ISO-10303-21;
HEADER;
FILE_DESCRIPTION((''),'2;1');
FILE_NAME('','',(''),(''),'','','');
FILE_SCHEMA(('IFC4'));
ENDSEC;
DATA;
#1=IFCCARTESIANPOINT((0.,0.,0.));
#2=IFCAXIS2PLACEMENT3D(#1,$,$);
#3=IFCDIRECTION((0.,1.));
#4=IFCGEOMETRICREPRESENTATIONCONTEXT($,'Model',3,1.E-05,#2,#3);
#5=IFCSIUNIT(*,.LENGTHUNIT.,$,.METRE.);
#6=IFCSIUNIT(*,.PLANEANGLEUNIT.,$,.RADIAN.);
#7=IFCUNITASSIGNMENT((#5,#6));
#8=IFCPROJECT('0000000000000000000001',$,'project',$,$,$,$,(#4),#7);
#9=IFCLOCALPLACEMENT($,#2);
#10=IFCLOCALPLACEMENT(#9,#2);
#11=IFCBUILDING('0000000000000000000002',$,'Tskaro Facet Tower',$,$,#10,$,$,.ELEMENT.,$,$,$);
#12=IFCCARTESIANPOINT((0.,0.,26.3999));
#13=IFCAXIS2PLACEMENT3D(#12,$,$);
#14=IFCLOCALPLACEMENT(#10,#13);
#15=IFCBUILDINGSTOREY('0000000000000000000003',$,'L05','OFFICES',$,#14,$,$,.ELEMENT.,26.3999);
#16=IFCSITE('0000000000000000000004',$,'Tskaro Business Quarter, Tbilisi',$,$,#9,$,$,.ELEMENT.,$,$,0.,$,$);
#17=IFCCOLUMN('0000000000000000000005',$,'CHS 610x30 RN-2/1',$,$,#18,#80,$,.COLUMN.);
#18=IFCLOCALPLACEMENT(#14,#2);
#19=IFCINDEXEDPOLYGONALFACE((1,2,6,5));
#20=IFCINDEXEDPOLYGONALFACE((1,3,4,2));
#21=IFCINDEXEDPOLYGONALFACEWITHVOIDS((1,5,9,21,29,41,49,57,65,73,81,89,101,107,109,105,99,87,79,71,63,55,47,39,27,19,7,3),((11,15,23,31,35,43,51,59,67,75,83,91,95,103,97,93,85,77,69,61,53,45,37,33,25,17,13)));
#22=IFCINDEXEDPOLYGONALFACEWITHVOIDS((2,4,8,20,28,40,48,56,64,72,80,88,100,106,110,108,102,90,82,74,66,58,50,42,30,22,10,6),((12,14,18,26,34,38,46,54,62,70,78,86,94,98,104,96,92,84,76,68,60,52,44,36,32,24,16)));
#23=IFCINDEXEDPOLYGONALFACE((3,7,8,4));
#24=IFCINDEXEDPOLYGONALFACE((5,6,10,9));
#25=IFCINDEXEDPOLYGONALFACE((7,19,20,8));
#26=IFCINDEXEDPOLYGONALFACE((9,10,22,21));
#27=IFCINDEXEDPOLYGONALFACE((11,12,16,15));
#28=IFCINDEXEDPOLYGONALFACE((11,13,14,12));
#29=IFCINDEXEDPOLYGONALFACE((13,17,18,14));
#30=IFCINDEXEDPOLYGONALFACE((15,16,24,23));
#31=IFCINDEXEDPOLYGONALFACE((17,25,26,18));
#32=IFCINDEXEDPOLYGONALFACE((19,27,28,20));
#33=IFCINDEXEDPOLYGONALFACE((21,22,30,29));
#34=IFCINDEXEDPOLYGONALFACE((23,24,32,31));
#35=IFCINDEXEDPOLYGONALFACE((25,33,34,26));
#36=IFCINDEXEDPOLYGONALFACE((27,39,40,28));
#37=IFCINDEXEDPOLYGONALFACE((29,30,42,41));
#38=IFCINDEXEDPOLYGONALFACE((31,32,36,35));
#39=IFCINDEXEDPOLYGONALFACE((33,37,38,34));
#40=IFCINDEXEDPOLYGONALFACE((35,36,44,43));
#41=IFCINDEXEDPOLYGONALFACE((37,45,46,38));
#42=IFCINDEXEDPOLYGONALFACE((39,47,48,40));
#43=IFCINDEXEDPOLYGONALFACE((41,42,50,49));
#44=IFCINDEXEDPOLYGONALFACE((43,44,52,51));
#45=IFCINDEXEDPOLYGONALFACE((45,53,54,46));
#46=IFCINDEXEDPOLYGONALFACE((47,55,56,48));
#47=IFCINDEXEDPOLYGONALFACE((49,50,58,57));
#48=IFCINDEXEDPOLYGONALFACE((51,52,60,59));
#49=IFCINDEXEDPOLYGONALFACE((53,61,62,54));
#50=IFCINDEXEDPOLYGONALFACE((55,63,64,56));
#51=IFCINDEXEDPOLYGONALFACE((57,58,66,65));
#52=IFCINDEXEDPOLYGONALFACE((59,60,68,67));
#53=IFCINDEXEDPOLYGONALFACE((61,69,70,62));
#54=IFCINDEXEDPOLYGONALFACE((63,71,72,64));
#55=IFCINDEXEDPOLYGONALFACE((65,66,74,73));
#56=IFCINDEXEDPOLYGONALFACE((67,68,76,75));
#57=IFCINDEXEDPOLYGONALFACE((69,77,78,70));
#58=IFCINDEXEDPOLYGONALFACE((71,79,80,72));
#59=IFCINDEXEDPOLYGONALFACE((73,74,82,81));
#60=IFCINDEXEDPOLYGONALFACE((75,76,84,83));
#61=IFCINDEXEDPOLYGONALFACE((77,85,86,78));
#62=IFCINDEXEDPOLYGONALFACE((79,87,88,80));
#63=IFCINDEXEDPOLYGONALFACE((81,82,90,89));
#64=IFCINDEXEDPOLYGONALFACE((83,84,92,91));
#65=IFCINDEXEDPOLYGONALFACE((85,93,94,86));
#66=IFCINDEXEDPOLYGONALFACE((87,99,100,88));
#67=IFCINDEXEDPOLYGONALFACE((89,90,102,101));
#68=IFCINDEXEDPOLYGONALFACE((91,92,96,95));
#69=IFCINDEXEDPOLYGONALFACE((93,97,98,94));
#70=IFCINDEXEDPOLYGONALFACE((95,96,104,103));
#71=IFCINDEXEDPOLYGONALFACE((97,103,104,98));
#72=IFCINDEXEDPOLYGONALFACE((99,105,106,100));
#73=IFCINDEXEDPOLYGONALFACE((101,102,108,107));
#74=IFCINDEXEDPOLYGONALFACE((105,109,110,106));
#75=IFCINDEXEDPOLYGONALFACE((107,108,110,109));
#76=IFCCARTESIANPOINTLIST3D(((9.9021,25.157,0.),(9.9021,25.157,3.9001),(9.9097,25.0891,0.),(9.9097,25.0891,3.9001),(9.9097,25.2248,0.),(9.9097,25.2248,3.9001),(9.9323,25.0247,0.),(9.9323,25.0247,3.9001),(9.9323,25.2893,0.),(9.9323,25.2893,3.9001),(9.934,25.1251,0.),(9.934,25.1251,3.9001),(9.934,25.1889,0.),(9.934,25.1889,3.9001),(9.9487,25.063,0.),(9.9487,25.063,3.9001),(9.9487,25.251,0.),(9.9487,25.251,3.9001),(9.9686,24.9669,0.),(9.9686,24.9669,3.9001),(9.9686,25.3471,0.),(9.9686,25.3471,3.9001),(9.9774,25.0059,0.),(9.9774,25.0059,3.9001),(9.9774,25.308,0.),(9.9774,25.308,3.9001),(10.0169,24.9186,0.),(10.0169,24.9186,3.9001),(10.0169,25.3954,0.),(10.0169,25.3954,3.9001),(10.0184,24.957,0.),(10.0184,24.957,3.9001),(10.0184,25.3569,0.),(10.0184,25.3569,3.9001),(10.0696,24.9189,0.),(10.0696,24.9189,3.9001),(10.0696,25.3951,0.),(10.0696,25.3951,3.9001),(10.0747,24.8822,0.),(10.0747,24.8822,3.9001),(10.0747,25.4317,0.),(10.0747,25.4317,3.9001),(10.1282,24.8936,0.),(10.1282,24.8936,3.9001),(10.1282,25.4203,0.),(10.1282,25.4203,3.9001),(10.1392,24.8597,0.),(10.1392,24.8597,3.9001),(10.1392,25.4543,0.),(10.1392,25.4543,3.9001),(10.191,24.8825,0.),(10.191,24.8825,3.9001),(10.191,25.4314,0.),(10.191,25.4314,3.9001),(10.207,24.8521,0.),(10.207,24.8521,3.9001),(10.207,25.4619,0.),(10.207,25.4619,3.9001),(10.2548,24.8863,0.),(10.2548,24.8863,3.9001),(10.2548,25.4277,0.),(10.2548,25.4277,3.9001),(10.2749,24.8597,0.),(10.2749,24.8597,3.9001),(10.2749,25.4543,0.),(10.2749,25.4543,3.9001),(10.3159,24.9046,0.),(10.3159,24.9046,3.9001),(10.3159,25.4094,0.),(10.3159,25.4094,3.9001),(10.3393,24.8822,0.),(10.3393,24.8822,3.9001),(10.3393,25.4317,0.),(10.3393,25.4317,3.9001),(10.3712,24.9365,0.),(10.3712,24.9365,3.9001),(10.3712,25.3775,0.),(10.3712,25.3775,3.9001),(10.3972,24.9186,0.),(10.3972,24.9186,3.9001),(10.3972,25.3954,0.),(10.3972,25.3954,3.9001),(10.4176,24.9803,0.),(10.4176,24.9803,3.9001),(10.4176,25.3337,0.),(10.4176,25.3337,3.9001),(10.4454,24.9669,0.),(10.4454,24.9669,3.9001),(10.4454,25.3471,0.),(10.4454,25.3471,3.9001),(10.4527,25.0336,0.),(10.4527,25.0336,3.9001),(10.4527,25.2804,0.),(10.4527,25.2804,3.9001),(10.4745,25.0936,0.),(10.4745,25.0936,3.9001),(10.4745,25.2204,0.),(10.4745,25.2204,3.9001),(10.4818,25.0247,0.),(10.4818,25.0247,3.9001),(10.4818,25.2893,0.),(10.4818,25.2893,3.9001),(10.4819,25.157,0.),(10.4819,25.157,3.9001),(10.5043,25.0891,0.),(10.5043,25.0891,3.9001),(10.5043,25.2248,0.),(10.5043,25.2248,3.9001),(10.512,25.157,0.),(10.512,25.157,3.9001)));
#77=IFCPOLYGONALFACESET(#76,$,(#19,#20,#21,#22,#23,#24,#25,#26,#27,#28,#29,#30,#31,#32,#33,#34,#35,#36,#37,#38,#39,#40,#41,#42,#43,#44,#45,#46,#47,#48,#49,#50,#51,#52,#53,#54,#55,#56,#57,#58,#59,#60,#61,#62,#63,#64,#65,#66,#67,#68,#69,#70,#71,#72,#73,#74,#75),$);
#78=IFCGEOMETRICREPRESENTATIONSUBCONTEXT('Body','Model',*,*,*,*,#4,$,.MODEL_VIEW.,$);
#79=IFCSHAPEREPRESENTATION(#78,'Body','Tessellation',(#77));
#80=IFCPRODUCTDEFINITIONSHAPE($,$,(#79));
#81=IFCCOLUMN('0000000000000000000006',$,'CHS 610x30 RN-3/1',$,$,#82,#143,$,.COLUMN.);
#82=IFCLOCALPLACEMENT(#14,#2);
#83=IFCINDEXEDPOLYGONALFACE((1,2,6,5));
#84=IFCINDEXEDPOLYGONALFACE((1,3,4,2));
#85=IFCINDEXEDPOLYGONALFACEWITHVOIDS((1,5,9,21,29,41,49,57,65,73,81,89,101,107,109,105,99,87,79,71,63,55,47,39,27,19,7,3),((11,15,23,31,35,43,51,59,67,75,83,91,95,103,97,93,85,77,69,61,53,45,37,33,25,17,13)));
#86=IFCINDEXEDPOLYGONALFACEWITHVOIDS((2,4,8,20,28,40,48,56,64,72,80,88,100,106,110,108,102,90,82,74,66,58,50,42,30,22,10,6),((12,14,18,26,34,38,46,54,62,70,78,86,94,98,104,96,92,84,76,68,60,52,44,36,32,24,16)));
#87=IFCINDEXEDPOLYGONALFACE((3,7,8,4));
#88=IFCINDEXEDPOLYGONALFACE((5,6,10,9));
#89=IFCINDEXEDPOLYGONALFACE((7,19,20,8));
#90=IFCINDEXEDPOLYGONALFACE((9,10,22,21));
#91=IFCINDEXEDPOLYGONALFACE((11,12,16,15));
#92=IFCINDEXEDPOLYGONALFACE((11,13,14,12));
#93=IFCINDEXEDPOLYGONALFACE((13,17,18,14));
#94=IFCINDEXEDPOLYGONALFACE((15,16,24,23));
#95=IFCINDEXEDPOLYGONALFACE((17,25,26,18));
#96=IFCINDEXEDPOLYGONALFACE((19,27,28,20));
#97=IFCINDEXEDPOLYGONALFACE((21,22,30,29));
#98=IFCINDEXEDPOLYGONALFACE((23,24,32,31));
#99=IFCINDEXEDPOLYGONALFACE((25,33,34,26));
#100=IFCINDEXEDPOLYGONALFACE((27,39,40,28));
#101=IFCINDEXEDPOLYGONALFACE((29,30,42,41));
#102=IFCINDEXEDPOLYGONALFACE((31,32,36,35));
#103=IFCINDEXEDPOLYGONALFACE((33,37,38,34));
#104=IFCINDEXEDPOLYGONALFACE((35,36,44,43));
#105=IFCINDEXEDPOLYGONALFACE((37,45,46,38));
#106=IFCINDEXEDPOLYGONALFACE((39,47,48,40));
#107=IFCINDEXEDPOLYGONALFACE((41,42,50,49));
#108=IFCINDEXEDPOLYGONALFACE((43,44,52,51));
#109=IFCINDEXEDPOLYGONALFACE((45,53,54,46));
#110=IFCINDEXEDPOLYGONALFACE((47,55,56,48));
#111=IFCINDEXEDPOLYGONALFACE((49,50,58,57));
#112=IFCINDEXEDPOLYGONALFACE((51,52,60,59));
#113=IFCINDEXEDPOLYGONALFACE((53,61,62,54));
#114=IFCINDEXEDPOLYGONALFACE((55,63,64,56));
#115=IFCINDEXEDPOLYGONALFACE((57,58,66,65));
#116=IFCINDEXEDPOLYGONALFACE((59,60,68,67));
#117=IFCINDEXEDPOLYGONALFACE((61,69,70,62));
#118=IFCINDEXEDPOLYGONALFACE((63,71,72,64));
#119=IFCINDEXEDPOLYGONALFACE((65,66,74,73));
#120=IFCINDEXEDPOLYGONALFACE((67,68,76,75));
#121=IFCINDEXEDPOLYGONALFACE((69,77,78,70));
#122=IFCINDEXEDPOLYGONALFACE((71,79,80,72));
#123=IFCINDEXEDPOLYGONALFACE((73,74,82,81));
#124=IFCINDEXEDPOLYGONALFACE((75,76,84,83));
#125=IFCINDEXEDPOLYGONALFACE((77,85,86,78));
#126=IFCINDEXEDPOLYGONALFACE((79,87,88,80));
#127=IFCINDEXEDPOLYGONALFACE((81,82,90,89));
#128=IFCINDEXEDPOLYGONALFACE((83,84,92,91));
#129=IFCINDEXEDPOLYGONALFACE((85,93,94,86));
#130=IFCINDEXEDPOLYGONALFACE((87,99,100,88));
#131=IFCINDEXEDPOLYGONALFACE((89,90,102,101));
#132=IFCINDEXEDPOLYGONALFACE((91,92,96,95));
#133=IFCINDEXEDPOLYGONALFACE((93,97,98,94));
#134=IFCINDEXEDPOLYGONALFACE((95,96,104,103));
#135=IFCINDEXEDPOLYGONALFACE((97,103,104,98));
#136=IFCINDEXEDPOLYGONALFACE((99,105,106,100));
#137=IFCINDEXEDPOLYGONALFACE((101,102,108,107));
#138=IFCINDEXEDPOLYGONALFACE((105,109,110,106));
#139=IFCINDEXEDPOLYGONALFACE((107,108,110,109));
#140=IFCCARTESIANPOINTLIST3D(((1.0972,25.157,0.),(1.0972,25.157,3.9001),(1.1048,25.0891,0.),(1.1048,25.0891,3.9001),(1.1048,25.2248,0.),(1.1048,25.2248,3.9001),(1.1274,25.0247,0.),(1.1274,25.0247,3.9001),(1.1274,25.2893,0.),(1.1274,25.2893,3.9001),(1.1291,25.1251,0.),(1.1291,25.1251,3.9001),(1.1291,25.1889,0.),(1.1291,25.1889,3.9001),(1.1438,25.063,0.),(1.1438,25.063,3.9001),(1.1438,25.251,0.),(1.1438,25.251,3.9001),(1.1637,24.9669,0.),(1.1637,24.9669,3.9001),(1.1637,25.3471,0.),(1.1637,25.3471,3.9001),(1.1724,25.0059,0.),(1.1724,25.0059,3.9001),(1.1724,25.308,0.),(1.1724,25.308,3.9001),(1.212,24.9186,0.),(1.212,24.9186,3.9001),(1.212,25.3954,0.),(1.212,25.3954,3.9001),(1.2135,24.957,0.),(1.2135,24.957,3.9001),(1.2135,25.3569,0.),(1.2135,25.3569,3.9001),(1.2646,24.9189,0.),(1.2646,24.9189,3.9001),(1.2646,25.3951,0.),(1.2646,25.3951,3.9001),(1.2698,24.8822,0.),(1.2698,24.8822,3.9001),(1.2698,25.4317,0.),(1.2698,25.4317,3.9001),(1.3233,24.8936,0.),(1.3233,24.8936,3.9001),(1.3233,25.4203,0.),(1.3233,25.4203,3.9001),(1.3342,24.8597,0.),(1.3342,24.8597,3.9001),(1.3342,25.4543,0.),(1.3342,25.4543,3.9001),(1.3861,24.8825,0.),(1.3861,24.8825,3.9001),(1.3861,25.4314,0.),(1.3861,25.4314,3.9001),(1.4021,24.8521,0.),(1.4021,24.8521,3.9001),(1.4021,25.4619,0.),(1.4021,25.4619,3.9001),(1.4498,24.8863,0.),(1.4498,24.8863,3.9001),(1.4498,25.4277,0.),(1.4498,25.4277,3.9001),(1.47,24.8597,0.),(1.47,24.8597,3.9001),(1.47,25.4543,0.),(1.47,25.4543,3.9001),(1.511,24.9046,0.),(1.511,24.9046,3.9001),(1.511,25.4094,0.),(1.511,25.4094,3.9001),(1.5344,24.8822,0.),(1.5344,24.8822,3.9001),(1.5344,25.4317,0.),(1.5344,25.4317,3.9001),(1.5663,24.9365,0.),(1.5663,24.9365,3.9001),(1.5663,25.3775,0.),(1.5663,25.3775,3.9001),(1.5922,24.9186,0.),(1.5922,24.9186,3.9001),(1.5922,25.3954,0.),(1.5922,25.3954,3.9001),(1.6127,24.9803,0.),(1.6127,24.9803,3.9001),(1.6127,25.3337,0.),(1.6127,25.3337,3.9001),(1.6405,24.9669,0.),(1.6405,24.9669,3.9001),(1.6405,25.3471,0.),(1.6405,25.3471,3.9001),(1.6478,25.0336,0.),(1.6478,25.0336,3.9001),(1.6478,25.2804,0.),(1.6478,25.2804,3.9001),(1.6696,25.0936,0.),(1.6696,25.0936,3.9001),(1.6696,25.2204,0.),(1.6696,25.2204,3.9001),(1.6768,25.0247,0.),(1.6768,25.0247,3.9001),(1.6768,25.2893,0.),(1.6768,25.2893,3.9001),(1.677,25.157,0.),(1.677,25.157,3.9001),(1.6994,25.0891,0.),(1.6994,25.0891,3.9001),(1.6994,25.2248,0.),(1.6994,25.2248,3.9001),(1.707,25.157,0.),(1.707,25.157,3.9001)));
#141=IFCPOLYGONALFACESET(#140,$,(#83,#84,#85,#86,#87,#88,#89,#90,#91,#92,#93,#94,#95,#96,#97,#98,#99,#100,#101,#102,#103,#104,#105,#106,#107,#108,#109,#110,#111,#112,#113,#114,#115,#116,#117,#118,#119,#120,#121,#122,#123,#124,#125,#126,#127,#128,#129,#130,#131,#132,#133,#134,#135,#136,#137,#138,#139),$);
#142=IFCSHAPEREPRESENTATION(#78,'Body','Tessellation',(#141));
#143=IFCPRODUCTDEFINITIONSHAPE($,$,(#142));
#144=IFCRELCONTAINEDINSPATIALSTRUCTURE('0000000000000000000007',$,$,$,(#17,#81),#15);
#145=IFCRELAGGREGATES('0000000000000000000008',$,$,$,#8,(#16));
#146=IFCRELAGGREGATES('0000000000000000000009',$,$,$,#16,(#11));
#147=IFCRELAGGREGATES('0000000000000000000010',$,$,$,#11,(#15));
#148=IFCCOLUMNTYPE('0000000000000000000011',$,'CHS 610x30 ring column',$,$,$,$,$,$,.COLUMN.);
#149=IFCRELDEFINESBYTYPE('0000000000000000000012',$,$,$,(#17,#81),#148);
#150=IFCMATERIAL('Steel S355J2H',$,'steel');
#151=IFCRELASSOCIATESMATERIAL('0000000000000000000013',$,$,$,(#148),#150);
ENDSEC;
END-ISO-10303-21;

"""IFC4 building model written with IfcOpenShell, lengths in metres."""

from ifc_helpers import new_model, si_unit, direction, frame, origin, origin_2d, place, context, subcontext, project, spatial, hollow_circle, extrude, material, material_profile, profile_set, type_object, element, save


model = new_model("IFC4")

# Units and contexts
model_context = context("Model", 3, precision=1e-05, world=origin(), true_north=direction((0.0, 1.0)))
body_context = subcontext(model_context, "Body", "Model", "MODEL_VIEW")
ifc_project = project(units=[si_unit("LENGTHUNIT", "METRE"), si_unit("PLANEANGLEUNIT", "RADIAN")], contexts=[model_context])

# Site, building, storey
site_placement = place(None, origin())
site = spatial("IfcSite", under=ifc_project, at=site_placement, Name="Tskaro Business Quarter, Tbilisi", CompositionType="ELEMENT", RefElevation=0.0)
building_placement = place(site_placement, origin())
building = spatial("IfcBuilding", under=site, at=building_placement, Name="Tskaro Facet Tower", CompositionType="ELEMENT")
storey_placement = place(building_placement, frame((0.0, 0.0, 26.3999)))
storey = spatial("IfcBuildingStorey", under=building, at=storey_placement, Name="L05", Description="OFFICES", CompositionType="ELEMENT", Elevation=26.3999)

# Columns
ifc_material_1 = material(Name="Steel S355J2H", Category="steel")
ifc_material_profile_1 = material_profile(ifc_material_1, hollow_circle(Radius=0.3049, WallThickness=0.03, at=origin_2d()), Name="CHS 610x30")
ifc_profile_set_1 = profile_set([ifc_material_profile_1], Name="Steel S355J2H")
column_type_1 = type_object("IfcColumnType", Name="CHS 610x30 ring column", PredefinedType="COLUMN", material=ifc_profile_set_1)
for number, where, z_axis, x_axis, name in (
    (1, (10.207, 25.157, 0.0), (0.0, 0.0, 1.0), (1.0, 0.0, 0.0), "CHS 610x30 RN-2/1"),
    (2, (1.4021, 25.157, 0.0), (0.0, 0.0, 1.0), (1.0, 0.0, 0.0), "CHS 610x30 RN-3/1"),
):
    element("IfcColumn", number, at=place(storey_placement, frame(where, z_axis=z_axis, x_axis=x_axis)), inside=storey, type_object=column_type_1, Name=name, PredefinedType="COLUMN", context=body_context, shape_type="SweptSolid", body=[
        extrude(hollow_circle(Radius=0.3049, WallThickness=0.03, at=origin_2d()), origin(), (0.0, 0.0, 1.0), 3.9001),
    ])

save(model, "model.ifc")
